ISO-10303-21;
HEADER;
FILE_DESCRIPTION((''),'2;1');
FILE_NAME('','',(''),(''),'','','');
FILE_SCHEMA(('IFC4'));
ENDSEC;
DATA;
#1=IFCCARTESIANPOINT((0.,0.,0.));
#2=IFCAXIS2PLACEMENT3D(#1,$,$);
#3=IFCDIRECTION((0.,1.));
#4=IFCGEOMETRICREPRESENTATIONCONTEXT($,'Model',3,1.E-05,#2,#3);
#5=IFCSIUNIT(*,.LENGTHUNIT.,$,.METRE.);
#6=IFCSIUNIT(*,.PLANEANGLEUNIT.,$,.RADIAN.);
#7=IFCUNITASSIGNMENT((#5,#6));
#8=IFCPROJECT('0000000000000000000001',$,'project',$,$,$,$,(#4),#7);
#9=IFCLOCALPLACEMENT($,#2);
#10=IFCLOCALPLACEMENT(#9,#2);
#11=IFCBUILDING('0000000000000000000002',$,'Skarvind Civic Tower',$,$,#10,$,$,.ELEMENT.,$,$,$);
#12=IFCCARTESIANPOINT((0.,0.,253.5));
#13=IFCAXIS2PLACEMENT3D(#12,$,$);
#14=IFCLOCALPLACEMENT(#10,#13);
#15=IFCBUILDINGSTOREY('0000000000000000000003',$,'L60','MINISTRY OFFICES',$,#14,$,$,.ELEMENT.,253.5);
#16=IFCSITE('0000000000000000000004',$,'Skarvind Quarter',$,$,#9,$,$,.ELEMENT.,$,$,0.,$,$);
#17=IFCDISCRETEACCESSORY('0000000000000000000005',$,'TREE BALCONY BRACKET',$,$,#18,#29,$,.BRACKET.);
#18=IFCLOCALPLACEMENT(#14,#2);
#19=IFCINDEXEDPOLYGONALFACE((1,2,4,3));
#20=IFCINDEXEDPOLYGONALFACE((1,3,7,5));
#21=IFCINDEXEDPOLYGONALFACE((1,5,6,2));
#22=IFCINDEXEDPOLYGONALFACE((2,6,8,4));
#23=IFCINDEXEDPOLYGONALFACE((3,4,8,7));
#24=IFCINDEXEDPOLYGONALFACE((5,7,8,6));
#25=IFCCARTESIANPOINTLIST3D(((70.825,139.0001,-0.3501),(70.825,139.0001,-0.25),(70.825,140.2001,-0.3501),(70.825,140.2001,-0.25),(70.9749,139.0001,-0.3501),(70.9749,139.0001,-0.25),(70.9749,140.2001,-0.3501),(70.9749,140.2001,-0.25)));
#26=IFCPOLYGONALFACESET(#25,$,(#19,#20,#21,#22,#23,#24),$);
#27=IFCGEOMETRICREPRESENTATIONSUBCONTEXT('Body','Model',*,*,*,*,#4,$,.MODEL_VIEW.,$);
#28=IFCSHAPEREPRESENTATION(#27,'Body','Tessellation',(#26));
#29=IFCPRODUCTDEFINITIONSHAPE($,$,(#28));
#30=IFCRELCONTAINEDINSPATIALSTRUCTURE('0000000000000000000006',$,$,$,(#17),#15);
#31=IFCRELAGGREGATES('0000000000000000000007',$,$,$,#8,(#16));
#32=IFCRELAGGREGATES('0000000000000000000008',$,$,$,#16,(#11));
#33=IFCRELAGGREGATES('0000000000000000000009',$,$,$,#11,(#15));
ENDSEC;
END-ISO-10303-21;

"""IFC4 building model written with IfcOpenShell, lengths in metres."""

from ifc_helpers import new_model, si_unit, direction, frame, origin, origin_2d, place, context, subcontext, project, spatial, rectangle, extrude, element, save


model = new_model("IFC4")

# Units and contexts
model_context = context("Model", 3, precision=1e-05, world=origin(), true_north=direction((0.0, 1.0)))
body_context = subcontext(model_context, "Body", "Model", "MODEL_VIEW")
ifc_project = project(units=[si_unit("LENGTHUNIT", "METRE"), si_unit("PLANEANGLEUNIT", "RADIAN")], contexts=[model_context])

# Site, building, storey
site_placement = place(None, origin())
site = spatial("IfcSite", under=ifc_project, at=site_placement, Name="Skarvind Quarter", CompositionType="ELEMENT", RefElevation=0.0)
building_placement = place(site_placement, origin())
building = spatial("IfcBuilding", under=site, at=building_placement, Name="Skarvind Civic Tower", CompositionType="ELEMENT")
storey_placement = place(building_placement, frame((0.0, 0.0, 253.5)))
storey = spatial("IfcBuildingStorey", under=building, at=storey_placement, Name="L60", Description="MINISTRY OFFICES", CompositionType="ELEMENT", Elevation=253.5)

# Discrete accessory
for number, where, z_axis, x_axis, name in (
    (1, (70.8999, 139.6001, -0.3501), (0.0, 0.0, 1.0), (1.0, 0.0, 0.0), "TREE BALCONY BRACKET"),
):
    element("IfcDiscreteAccessory", number, at=place(storey_placement, frame(where, z_axis=z_axis, x_axis=x_axis)), inside=storey, Name=name, PredefinedType="BRACKET", context=body_context, shape_type="SweptSolid", body=[
        extrude(rectangle(XDim=0.1499, YDim=1.2, at=origin_2d()), origin(), (0.0, 0.0, 1.0), 0.1001),
    ])

save(model, "model.ifc")
